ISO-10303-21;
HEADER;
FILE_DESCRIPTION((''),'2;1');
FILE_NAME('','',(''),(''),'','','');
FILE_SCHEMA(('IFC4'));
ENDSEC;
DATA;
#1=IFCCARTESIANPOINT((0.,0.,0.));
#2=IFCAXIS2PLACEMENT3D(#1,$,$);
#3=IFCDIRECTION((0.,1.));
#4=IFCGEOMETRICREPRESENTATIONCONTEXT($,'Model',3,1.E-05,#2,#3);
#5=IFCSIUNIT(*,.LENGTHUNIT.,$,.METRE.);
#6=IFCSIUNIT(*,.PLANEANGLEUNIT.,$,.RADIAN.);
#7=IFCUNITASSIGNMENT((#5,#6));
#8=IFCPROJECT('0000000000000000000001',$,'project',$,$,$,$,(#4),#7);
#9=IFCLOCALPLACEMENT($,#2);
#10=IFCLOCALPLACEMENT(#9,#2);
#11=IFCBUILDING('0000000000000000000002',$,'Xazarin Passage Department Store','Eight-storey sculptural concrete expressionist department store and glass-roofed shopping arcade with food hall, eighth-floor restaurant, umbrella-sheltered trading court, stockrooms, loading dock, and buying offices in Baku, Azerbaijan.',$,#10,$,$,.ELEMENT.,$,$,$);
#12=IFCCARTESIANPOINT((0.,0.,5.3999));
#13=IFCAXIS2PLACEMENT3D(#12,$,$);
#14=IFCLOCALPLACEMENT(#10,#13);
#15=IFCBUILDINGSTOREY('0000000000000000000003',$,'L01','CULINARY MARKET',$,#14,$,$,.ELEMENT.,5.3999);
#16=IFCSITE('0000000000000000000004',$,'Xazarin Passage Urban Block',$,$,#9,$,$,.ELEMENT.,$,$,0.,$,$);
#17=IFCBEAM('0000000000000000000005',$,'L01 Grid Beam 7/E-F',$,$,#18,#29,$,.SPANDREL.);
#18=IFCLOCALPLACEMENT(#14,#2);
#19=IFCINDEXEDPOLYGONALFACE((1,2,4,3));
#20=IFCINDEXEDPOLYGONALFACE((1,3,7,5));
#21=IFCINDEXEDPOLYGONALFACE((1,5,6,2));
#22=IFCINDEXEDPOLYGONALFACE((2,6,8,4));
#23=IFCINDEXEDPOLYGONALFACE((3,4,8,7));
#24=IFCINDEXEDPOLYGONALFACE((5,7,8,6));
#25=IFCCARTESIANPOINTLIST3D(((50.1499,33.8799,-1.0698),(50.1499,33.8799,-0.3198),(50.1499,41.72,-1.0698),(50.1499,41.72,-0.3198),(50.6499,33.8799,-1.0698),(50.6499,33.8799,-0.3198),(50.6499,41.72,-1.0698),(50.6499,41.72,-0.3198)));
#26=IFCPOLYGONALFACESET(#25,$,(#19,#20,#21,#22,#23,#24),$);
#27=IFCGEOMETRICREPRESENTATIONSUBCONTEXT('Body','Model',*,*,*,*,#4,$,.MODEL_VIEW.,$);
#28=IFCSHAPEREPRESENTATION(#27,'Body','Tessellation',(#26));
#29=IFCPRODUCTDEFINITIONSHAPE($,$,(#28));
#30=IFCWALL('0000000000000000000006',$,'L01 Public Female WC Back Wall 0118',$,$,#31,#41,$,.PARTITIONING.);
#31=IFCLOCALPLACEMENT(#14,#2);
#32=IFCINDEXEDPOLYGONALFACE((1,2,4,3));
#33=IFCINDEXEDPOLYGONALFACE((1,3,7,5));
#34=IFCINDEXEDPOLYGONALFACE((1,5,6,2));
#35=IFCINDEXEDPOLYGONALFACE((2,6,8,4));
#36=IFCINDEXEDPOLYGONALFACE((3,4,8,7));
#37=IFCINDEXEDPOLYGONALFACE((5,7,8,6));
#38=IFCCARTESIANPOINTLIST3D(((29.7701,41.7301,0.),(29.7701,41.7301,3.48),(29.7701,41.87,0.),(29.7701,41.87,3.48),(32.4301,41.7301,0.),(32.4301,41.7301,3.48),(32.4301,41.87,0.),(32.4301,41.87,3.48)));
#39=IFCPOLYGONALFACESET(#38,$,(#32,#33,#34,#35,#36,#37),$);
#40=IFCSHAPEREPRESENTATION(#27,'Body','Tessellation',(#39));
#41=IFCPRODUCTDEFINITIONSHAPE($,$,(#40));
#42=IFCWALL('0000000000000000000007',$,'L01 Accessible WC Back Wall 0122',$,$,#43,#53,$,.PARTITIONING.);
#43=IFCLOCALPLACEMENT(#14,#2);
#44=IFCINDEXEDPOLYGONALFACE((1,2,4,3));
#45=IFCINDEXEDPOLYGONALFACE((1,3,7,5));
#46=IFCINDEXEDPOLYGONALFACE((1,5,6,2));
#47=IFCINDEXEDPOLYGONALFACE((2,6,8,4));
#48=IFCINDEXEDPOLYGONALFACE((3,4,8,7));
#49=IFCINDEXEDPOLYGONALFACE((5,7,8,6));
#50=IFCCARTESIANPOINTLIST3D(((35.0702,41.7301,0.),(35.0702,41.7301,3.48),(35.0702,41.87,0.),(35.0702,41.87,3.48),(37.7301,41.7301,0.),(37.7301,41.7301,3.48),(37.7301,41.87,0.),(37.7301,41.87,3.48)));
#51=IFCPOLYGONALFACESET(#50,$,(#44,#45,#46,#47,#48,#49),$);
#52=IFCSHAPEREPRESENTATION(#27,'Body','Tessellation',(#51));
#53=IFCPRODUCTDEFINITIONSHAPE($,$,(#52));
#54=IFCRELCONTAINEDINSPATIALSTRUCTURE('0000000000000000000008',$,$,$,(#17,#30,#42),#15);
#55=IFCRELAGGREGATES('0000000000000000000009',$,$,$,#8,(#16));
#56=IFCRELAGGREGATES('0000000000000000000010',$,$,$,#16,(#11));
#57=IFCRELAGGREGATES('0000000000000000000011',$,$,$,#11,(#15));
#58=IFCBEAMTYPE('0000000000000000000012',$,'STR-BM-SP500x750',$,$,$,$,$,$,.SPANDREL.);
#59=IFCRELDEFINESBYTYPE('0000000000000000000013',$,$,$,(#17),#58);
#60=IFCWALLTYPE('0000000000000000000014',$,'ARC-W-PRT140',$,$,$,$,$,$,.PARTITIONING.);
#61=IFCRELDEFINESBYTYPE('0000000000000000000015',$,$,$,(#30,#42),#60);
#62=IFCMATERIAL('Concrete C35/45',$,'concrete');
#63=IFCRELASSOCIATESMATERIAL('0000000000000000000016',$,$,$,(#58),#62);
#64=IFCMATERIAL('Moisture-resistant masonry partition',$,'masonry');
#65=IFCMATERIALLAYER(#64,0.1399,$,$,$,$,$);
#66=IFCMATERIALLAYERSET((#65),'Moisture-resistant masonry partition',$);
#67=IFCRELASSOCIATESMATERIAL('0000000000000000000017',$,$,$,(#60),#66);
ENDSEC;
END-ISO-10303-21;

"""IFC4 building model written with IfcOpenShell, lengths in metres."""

from ifc_helpers import new_model, si_unit, direction, frame, frame_2d, origin, origin_2d, place, context, subcontext, project, spatial, rectangle, extrude, material, layer, layer_set, material_profile, profile_set, type_object, element, save


model = new_model("IFC4")

# Units and contexts
model_context = context("Model", 3, precision=1e-05, world=origin(), true_north=direction((0.0, 1.0)))
body_context = subcontext(model_context, "Body", "Model", "MODEL_VIEW")
ifc_project = project(units=[si_unit("LENGTHUNIT", "METRE"), si_unit("PLANEANGLEUNIT", "RADIAN")], contexts=[model_context])

# Site, building, storey
site_placement = place(None, origin())
site = spatial("IfcSite", under=ifc_project, at=site_placement, Name="Xazarin Passage Urban Block", CompositionType="ELEMENT", RefElevation=0.0)
building_placement = place(site_placement, origin())
building = spatial("IfcBuilding", under=site, at=building_placement, Name="Xazarin Passage Department Store", Description="Eight-storey sculptural concrete expressionist department store and glass-roofed shopping arcade with food hall, eighth-floor restaurant, umbrella-sheltered trading court, stockrooms, loading dock, and buying offices in Baku, Azerbaijan.", CompositionType="ELEMENT")
storey_placement = place(building_placement, frame((0.0, 0.0, 5.3999)))
storey = spatial("IfcBuildingStorey", under=building, at=storey_placement, Name="L01", Description="CULINARY MARKET", CompositionType="ELEMENT", Elevation=5.3999)

# Beam
ifc_material_1 = material(Name="Concrete C35/45", Category="concrete")
ifc_material_profile_1 = material_profile(ifc_material_1, rectangle(XDim=0.5, YDim=0.75, at=origin_2d()), Name="RC 500x750")
ifc_profile_set_1 = profile_set([ifc_material_profile_1], Name="Concrete C35/45")
beam_type_1 = type_object("IfcBeamType", Name="STR-BM-SP500x750", PredefinedType="SPANDREL", material=ifc_profile_set_1)
for number, where, z_axis, x_axis, name in (
    (1, (50.3999, 33.8799, -0.6948), (0.0, 1.0, 0.0), (-1.0, 0.0, 0.0), "L01 Grid Beam 7/E-F"),
):
    element("IfcBeam", number, at=place(storey_placement, frame(where, z_axis=z_axis, x_axis=x_axis)), inside=storey, type_object=beam_type_1, Name=name, PredefinedType="SPANDREL", context=body_context, shape_type="SweptSolid", body=[
        extrude(rectangle(XDim=0.5, YDim=0.75, at=origin_2d()), origin(), (0.0, 0.0, 1.0), 7.8401),
    ])

# Walls
ifc_material_2 = material(Name="Moisture-resistant masonry partition", Category="masonry")
ifc_layer = layer(ifc_material_2, 0.1399)
ifc_layer_set = layer_set([ifc_layer], Name="Moisture-resistant masonry partition")
wall_type = type_object("IfcWallType", Name="ARC-W-PRT140", PredefinedType="PARTITIONING", material=ifc_layer_set)
for number, where, z_axis, x_axis, name in (
    (2, (29.77, 41.8, 0.0), (0.0, 0.0, 1.0), (1.0, 0.0, 0.0), "L01 Public Female WC Back Wall 0118"),
    (3, (35.0701, 41.8, 0.0), (0.0, 0.0, 1.0), (1.0, 0.0, 0.0), "L01 Accessible WC Back Wall 0122"),
):
    element("IfcWall", number, at=place(storey_placement, frame(where, z_axis=z_axis, x_axis=x_axis)), inside=storey, type_object=wall_type, Name=name, PredefinedType="PARTITIONING", context=body_context, shape_type="SweptSolid", body=[
        extrude(rectangle(XDim=2.6599, YDim=0.1399, at=frame_2d((1.3301, 0.0))), origin(), (0.0, 0.0, 1.0), 3.48),
    ])

save(model, "model.ifc")
